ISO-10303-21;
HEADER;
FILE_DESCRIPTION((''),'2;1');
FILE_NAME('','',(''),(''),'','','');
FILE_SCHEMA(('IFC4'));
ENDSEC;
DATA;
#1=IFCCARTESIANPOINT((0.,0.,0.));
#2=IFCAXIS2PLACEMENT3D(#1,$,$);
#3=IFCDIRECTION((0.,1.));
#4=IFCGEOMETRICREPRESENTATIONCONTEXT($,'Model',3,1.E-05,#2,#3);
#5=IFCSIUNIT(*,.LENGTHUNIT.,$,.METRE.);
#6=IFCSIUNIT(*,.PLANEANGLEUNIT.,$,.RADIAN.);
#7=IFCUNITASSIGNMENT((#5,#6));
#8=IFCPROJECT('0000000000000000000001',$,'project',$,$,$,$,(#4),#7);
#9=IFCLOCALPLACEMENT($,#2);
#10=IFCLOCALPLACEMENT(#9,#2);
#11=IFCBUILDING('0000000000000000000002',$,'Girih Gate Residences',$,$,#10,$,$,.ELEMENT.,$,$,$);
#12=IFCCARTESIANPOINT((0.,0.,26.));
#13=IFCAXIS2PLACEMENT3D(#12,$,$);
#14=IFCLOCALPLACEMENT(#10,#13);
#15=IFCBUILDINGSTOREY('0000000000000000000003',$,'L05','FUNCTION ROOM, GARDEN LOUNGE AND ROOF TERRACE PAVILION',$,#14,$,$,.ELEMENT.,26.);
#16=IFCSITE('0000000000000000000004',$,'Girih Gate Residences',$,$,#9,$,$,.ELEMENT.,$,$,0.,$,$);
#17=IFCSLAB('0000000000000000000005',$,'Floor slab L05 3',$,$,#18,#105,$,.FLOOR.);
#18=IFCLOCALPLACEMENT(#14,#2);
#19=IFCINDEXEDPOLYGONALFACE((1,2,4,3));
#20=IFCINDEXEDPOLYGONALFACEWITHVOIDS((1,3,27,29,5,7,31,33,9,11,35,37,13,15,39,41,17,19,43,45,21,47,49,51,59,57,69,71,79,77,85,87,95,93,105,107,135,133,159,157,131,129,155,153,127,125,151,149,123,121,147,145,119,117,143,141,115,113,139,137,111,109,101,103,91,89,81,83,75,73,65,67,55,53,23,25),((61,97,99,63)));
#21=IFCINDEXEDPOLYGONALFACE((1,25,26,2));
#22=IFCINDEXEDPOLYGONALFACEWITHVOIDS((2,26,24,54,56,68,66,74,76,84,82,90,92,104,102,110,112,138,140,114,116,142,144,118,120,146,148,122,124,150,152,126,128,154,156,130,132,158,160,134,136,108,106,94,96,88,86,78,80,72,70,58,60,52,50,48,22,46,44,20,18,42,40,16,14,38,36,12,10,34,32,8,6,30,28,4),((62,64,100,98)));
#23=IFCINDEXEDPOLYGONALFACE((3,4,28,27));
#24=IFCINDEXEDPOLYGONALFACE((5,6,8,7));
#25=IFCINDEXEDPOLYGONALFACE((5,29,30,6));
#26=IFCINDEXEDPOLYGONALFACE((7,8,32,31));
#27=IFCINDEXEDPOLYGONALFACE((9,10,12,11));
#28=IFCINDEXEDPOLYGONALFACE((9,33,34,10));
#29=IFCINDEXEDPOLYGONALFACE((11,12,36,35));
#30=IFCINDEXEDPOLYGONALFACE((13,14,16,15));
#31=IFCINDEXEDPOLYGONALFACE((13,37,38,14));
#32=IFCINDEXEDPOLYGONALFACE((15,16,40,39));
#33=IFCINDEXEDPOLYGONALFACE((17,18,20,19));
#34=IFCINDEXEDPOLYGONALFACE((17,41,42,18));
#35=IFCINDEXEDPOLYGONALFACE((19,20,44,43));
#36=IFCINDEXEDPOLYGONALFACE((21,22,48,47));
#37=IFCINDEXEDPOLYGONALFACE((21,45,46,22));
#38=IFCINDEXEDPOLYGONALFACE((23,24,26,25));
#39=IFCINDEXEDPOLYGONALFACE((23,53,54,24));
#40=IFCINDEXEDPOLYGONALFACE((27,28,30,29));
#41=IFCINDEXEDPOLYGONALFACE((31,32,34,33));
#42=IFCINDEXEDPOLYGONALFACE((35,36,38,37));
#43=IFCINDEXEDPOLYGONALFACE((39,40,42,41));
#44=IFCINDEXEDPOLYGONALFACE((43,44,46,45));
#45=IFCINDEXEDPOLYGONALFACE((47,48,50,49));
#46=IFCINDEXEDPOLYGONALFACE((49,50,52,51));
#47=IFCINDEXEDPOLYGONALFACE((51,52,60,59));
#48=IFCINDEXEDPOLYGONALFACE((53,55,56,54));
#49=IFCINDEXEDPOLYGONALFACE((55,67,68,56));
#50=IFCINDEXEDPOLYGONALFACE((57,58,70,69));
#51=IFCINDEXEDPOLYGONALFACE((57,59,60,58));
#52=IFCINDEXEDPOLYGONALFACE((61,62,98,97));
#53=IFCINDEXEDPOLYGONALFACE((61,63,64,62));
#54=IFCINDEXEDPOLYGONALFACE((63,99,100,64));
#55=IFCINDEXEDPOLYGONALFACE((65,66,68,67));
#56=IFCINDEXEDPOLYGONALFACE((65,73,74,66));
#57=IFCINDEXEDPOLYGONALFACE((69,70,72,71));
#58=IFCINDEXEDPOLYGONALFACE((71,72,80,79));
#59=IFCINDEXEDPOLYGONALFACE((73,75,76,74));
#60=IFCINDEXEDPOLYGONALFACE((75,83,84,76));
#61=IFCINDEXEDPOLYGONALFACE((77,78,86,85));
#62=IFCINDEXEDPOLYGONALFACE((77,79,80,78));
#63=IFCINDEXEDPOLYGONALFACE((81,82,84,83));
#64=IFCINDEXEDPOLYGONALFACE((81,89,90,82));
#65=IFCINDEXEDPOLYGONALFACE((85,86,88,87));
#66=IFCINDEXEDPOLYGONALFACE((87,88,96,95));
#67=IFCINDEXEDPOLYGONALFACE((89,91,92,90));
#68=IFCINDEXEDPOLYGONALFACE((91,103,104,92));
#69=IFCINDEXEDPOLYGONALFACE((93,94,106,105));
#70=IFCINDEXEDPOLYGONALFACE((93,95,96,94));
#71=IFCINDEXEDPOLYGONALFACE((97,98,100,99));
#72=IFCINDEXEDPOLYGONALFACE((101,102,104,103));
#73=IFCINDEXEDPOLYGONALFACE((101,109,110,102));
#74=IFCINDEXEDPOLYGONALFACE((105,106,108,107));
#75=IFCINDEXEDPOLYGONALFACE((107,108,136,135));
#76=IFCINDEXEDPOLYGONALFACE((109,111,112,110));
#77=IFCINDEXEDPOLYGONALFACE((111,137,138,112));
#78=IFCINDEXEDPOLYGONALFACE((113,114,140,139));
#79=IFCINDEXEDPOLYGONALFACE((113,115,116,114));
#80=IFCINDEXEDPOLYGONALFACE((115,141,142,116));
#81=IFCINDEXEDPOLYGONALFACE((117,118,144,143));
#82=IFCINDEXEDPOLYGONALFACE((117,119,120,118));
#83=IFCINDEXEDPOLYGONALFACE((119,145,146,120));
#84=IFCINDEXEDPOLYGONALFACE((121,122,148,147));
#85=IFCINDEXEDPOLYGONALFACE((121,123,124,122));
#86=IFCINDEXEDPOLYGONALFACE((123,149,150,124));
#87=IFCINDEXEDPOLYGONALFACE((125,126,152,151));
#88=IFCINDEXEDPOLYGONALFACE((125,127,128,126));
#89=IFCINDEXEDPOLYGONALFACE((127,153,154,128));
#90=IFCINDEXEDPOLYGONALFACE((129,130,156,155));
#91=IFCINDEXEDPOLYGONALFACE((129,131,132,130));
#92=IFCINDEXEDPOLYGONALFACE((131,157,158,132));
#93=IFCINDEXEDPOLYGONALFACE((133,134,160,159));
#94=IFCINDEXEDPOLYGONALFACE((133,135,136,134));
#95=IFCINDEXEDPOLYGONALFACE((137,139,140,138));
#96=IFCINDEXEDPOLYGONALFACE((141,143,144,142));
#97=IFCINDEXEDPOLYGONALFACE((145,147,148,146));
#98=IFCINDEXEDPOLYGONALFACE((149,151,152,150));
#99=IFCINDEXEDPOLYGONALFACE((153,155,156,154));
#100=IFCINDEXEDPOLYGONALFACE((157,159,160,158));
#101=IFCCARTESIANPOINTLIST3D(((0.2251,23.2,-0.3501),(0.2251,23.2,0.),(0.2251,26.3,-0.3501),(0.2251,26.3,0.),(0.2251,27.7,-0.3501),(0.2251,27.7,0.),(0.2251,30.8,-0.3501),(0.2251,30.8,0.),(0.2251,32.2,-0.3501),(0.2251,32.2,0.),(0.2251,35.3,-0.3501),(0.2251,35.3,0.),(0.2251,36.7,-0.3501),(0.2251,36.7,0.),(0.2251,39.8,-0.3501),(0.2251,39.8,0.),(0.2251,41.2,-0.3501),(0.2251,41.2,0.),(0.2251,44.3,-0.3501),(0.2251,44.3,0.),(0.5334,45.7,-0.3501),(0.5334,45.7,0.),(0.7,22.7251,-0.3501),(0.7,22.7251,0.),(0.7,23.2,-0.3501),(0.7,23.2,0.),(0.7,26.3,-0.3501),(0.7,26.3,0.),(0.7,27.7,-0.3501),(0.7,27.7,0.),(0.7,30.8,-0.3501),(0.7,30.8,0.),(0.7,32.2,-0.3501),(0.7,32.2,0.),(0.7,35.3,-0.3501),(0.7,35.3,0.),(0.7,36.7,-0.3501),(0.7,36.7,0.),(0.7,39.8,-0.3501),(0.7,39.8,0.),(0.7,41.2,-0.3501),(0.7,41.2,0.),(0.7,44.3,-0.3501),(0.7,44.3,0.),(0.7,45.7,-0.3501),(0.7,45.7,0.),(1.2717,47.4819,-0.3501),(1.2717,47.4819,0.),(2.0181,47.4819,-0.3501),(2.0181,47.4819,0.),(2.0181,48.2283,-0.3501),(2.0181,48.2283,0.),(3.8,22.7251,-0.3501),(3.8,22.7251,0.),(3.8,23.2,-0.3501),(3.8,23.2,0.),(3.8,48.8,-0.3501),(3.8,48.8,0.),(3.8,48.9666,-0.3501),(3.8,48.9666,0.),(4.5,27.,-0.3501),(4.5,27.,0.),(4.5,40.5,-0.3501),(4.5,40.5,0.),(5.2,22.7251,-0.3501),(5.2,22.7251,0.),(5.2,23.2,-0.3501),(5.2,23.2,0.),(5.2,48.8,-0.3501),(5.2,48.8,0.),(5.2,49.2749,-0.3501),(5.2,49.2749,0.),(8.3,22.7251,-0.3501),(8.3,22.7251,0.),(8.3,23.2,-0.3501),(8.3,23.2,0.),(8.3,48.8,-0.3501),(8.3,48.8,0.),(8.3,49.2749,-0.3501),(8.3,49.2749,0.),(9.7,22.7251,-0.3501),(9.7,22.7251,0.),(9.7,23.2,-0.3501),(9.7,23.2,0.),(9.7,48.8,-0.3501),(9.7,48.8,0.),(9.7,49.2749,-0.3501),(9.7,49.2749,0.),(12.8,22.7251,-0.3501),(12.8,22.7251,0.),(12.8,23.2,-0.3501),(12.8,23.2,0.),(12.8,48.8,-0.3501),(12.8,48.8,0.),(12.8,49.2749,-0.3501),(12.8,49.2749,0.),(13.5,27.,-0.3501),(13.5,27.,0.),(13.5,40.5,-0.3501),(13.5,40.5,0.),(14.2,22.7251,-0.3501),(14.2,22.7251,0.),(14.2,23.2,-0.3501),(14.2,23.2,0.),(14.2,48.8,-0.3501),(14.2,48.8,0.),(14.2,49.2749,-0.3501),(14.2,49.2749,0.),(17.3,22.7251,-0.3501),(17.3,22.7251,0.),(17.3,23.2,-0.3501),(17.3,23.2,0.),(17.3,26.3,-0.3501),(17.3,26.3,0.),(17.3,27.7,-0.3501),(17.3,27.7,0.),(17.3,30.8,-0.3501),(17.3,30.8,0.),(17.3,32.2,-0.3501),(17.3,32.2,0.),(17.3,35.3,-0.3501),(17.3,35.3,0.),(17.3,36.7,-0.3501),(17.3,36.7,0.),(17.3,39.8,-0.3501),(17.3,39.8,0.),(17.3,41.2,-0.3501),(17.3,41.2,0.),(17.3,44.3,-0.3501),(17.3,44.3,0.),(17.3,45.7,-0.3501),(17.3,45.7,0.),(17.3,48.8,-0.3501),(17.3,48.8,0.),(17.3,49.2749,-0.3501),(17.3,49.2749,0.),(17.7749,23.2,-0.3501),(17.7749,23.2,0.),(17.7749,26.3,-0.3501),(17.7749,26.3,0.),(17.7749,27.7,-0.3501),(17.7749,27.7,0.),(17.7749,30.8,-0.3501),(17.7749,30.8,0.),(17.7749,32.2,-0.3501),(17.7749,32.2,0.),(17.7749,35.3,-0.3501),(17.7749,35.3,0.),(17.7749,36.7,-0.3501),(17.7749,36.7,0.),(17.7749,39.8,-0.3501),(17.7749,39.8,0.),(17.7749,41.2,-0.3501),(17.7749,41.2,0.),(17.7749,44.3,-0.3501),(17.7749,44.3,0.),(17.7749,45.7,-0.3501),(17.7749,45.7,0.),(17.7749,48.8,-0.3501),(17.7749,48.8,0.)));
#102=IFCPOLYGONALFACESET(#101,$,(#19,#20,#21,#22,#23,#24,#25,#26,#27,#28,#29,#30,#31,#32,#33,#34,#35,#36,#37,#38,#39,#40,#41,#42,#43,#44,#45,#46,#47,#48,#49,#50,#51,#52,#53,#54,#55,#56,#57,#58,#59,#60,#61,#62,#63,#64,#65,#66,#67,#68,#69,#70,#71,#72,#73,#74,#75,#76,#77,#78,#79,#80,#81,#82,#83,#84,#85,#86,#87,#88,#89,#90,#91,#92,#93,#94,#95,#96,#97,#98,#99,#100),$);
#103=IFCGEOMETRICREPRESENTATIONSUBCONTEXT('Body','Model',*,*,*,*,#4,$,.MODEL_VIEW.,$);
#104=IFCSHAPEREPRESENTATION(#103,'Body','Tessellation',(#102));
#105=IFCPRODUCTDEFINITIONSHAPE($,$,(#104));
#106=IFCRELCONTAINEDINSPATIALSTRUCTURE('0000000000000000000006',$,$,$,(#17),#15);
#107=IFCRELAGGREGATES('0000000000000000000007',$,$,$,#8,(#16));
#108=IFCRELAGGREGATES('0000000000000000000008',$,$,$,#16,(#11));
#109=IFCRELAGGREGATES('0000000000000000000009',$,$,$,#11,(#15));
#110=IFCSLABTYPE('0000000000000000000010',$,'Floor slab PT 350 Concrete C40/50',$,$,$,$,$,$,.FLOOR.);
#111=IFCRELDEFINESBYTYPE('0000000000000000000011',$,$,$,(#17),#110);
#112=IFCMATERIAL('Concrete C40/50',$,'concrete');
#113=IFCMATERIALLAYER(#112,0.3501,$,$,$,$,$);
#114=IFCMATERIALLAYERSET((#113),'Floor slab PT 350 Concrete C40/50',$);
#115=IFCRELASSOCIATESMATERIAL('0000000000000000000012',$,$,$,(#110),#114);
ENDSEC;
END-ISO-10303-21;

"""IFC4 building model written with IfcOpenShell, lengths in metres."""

from ifc_helpers import new_model, si_unit, direction, frame, origin, place, context, subcontext, project, spatial, polyline, outline, extrude, material, layer, layer_set, type_object, element, save


model = new_model("IFC4")

# Units and contexts
model_context = context("Model", 3, precision=1e-05, world=origin(), true_north=direction((0.0, 1.0)))
body_context = subcontext(model_context, "Body", "Model", "MODEL_VIEW")
ifc_project = project(units=[si_unit("LENGTHUNIT", "METRE"), si_unit("PLANEANGLEUNIT", "RADIAN")], contexts=[model_context])

# Site, building, storey
site_placement = place(None, origin())
site = spatial("IfcSite", under=ifc_project, at=site_placement, Name="Girih Gate Residences", CompositionType="ELEMENT", RefElevation=0.0)
building_placement = place(site_placement, origin())
building = spatial("IfcBuilding", under=site, at=building_placement, Name="Girih Gate Residences", CompositionType="ELEMENT")
storey_placement = place(building_placement, frame((0.0, 0.0, 26.0)))
storey = spatial("IfcBuildingStorey", under=building, at=storey_placement, Name="L05", Description="FUNCTION ROOM, GARDEN LOUNGE AND ROOF TERRACE PAVILION", CompositionType="ELEMENT", Elevation=26.0)

# Slab
ifc_material_1 = material(Name="Concrete C40/50", Category="concrete")
ifc_layer_1 = layer(ifc_material_1, 0.3501)
ifc_layer_set_1 = layer_set([ifc_layer_1], Name="Floor slab PT 350 Concrete C40/50")
slab_type_1 = type_object("IfcSlabType", Name="Floor slab PT 350 Concrete C40/50", PredefinedType="FLOOR", material=ifc_layer_set_1)
slab_1_placement = place(storey_placement, frame((0.0, 0.0, -0.3501)))
element("IfcSlab", 1, at=slab_1_placement, inside=storey, type_object=slab_type_1, Name="Floor slab L05 3", PredefinedType="FLOOR", context=body_context, shape_type="SweptSolid", body=[
    extrude(outline(polyline([(0.2251, 26.3), (0.2251, 23.2), (0.7, 23.2), (0.7, 22.7251), (3.8, 22.7251), (3.8, 23.2), (5.2, 23.2), (5.2, 22.7251), (8.3, 22.7251), (8.3, 23.2), (9.7, 23.2), (9.7, 22.7251), (12.8, 22.7251), (12.8, 23.2), (14.2, 23.2), (14.2, 22.7251), (17.3, 22.7251), (17.3, 23.2), (17.7749, 23.2), (17.7749, 26.3), (17.3, 26.3), (17.3, 27.7), (17.7749, 27.7), (17.7749, 30.8), (17.3, 30.8), (17.3, 32.2), (17.7749, 32.2), (17.7749, 35.3), (17.3, 35.3), (17.3, 36.7), (17.7749, 36.7), (17.7749, 39.8), (17.3, 39.8), (17.3, 41.2), (17.7749, 41.2), (17.7749, 44.3), (17.3, 44.3), (17.3, 45.7), (17.7749, 45.7), (17.7749, 48.8), (17.3, 48.8), (17.3, 49.2749), (14.2, 49.2749), (14.2, 48.8), (12.8, 48.8), (12.8, 49.2749), (9.7, 49.2749), (9.7, 48.8), (8.3, 48.8), (8.3, 49.2749), (5.2, 49.2749), (5.2, 48.8), (3.8, 48.8), (3.8, 48.9666), (2.0181, 48.2283), (2.0181, 47.4819), (1.2717, 47.4819), (0.5334, 45.7), (0.7, 45.7), (0.7, 44.3), (0.2251, 44.3), (0.2251, 41.2), (0.7, 41.2), (0.7, 39.8), (0.2251, 39.8), (0.2251, 36.7), (0.7, 36.7), (0.7, 35.3), (0.2251, 35.3), (0.2251, 32.2), (0.7, 32.2), (0.7, 30.8), (0.2251, 30.8), (0.2251, 27.7), (0.7, 27.7), (0.7, 26.3), (0.2251, 26.3)]), holes=[polyline([(13.5, 40.5), (13.5, 27.0), (4.5, 27.0), (4.5, 40.5), (13.5, 40.5)])]), origin(), (0.0, 0.0, 1.0), 0.3501),
])

save(model, "model.ifc")
